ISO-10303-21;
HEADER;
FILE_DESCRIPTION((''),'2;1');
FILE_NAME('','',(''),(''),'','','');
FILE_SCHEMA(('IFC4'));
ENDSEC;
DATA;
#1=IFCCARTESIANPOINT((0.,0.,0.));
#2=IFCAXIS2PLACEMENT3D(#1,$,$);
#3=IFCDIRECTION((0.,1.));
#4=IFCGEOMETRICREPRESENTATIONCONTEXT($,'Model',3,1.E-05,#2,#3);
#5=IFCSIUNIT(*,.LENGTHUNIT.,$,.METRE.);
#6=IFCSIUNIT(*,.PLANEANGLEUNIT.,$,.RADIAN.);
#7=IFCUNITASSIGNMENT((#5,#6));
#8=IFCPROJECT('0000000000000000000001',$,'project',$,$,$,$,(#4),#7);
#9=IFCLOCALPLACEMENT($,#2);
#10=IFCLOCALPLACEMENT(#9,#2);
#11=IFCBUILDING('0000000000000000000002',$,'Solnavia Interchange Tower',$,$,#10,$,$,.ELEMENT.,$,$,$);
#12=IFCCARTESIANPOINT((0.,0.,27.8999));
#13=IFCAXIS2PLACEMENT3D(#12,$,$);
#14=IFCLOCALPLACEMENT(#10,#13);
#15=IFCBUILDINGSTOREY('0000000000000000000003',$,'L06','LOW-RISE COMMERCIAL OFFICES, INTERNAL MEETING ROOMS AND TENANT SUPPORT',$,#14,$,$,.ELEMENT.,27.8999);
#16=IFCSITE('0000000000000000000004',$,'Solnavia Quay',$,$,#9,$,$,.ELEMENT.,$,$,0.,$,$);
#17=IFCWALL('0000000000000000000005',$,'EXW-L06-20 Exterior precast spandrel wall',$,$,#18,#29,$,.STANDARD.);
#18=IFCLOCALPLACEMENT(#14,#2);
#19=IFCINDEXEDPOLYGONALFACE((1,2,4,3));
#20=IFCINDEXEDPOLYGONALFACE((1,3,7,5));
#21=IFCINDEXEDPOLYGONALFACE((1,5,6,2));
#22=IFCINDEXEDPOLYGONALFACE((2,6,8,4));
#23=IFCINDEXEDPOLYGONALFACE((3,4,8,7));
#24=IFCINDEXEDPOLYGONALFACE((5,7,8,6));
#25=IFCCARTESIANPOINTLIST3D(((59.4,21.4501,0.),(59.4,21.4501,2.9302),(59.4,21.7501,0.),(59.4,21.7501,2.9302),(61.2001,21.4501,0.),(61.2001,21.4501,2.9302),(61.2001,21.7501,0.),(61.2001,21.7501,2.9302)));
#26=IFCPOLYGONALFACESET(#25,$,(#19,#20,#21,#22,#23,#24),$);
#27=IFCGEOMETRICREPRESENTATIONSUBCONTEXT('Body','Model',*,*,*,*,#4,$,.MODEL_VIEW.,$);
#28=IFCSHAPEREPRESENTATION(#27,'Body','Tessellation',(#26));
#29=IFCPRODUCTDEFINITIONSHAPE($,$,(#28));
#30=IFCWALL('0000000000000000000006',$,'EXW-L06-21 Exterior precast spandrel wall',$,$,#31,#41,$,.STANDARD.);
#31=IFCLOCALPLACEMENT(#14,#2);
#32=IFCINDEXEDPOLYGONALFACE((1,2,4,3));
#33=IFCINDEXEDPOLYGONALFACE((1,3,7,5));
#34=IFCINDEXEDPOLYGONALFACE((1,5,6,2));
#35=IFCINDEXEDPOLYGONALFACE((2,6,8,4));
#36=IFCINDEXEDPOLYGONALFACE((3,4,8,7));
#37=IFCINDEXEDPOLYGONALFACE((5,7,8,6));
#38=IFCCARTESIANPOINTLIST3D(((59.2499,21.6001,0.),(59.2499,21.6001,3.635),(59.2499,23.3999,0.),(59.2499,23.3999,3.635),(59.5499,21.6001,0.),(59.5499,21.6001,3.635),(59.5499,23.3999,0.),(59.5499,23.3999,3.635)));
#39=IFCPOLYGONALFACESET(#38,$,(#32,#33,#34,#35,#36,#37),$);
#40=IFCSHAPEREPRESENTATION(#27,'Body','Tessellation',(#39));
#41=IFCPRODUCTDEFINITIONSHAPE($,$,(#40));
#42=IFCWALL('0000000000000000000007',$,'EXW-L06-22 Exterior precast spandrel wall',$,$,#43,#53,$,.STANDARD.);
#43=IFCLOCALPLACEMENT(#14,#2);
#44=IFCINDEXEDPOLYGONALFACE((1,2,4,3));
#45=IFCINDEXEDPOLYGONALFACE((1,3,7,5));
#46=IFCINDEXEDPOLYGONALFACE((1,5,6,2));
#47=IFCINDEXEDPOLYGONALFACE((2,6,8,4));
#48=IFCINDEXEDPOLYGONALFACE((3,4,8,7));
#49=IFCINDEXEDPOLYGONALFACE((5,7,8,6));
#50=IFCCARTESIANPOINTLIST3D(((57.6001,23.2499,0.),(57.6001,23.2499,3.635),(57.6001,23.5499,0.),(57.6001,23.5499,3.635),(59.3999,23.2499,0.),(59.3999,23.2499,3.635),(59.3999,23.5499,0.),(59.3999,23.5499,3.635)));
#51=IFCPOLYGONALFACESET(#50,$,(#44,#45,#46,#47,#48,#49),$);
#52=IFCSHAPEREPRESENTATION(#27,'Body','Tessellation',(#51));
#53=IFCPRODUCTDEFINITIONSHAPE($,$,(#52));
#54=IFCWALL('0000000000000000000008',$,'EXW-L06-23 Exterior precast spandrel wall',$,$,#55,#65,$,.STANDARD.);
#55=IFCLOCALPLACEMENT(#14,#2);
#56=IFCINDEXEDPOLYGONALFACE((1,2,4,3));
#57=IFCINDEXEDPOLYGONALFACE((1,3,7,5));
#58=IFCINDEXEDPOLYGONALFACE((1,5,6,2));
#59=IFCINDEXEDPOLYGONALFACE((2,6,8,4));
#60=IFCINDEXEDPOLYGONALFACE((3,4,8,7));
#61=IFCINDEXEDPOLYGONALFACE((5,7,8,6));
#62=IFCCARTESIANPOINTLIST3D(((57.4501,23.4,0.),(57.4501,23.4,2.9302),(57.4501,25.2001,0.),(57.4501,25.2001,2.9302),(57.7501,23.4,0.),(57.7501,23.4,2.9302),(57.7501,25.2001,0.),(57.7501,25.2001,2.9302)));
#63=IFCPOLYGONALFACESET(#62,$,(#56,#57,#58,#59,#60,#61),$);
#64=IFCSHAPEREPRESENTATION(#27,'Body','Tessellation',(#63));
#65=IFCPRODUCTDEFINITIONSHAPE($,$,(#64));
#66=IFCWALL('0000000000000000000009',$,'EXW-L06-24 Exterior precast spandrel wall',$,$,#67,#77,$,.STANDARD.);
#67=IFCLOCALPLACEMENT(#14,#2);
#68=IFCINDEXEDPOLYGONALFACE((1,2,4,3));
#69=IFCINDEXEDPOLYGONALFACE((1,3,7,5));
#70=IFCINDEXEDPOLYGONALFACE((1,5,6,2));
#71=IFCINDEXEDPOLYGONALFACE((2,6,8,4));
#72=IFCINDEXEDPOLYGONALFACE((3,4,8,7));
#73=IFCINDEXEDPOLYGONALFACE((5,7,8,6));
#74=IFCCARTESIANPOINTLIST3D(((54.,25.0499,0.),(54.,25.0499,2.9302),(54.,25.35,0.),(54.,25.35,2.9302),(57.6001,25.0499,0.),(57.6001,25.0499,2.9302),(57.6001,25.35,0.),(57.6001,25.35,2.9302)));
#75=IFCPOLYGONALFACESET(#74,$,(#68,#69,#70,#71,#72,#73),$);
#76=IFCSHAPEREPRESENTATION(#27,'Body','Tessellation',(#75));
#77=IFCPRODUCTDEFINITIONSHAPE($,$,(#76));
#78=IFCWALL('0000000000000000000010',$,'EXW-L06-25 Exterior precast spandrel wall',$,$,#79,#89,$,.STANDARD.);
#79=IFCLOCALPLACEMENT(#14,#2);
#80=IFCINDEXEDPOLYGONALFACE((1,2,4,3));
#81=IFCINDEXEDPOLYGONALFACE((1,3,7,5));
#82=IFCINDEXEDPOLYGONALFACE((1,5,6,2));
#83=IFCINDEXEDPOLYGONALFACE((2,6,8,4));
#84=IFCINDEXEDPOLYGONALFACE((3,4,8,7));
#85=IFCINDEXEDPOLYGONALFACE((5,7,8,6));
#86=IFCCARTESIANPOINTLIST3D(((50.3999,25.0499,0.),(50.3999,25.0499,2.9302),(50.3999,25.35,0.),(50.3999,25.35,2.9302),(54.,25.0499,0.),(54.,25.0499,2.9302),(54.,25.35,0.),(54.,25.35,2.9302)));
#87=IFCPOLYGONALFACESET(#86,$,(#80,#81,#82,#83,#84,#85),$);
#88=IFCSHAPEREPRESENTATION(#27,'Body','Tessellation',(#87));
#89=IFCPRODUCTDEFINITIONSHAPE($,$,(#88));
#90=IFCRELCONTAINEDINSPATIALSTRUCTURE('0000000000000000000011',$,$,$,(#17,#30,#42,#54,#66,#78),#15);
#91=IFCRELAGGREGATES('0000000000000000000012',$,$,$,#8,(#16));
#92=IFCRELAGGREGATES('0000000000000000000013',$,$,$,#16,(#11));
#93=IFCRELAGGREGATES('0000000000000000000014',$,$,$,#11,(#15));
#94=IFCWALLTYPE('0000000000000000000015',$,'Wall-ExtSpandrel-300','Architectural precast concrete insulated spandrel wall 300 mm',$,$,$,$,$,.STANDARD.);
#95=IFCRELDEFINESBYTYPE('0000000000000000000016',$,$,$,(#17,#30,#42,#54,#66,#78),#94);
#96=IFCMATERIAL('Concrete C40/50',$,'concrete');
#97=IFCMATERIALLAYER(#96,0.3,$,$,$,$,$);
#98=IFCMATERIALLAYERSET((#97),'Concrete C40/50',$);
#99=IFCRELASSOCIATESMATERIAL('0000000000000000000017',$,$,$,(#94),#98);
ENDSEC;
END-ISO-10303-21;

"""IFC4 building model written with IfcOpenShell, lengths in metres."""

from ifc_helpers import new_model, si_unit, direction, frame, frame_2d, origin, place, context, subcontext, project, spatial, rectangle, extrude, material, layer, layer_set, type_object, element, save


model = new_model("IFC4")

# Units and contexts
model_context = context("Model", 3, precision=1e-05, world=origin(), true_north=direction((0.0, 1.0)))
body_context = subcontext(model_context, "Body", "Model", "MODEL_VIEW")
ifc_project = project(units=[si_unit("LENGTHUNIT", "METRE"), si_unit("PLANEANGLEUNIT", "RADIAN")], contexts=[model_context])

# Site, building, storey
site_placement = place(None, origin())
site = spatial("IfcSite", under=ifc_project, at=site_placement, Name="Solnavia Quay", CompositionType="ELEMENT", RefElevation=0.0)
building_placement = place(site_placement, origin())
building = spatial("IfcBuilding", under=site, at=building_placement, Name="Solnavia Interchange Tower", CompositionType="ELEMENT")
storey_placement = place(building_placement, frame((0.0, 0.0, 27.8999)))
storey = spatial("IfcBuildingStorey", under=building, at=storey_placement, Name="L06", Description="LOW-RISE COMMERCIAL OFFICES, INTERNAL MEETING ROOMS AND TENANT SUPPORT", CompositionType="ELEMENT", Elevation=27.8999)

# Walls
ifc_material_1 = material(Name="Concrete C40/50", Category="concrete")
ifc_layer_1 = layer(ifc_material_1, 0.3)
ifc_layer_set_1 = layer_set([ifc_layer_1], Name="Concrete C40/50")
wall_type = type_object("IfcWallType", Name="Wall-ExtSpandrel-300", Description="Architectural precast concrete insulated spandrel wall 300 mm", PredefinedType="STANDARD", material=ifc_layer_set_1)
wall_1_placement = place(storey_placement, frame((61.2, 21.6001, 0.0), z_axis=(0.0, 0.0, 1.0), x_axis=(-1.0, 0.0, 0.0)))
element("IfcWall", 1, at=wall_1_placement, inside=storey, type_object=wall_type, Name="EXW-L06-20 Exterior precast spandrel wall", PredefinedType="STANDARD", context=body_context, shape_type="SweptSolid", body=[
    extrude(rectangle(XDim=1.8, YDim=0.3, at=frame_2d((0.8999, 0.0))), origin(), (0.0, 0.0, 1.0), 2.9302),
])
for number, where, z_axis, x_axis, name in (
    (2, (59.3999, 23.3999, 0.0), (0.0, 0.0, 1.0), (0.0, -1.0, 0.0), "EXW-L06-21 Exterior precast spandrel wall"),
    (3, (57.6001, 23.3999, 0.0), (0.0, 0.0, 1.0), (1.0, 0.0, 0.0), "EXW-L06-22 Exterior precast spandrel wall"),
):
    element("IfcWall", number, at=place(storey_placement, frame(where, z_axis=z_axis, x_axis=x_axis)), inside=storey, type_object=wall_type, Name=name, PredefinedType="STANDARD", context=body_context, shape_type="SweptSolid", body=[
        extrude(rectangle(XDim=1.7998, YDim=0.3, at=frame_2d((0.8999, 0.0))), origin(), (0.0, 0.0, 1.0), 3.635),
    ])
wall_2_placement = place(storey_placement, frame((57.6001, 25.2, 0.0), z_axis=(0.0, 0.0, 1.0), x_axis=(0.0, -1.0, 0.0)))
element("IfcWall", 4, at=wall_2_placement, inside=storey, type_object=wall_type, Name="EXW-L06-23 Exterior precast spandrel wall", PredefinedType="STANDARD", context=body_context, shape_type="SweptSolid", body=[
    extrude(rectangle(XDim=1.8, YDim=0.3, at=frame_2d((0.8999, 0.0))), origin(), (0.0, 0.0, 1.0), 2.9302),
])
for number, where, z_axis, x_axis, name in (
    (5, (54.0, 25.2, 0.0), (0.0, 0.0, 1.0), (1.0, 0.0, 0.0), "EXW-L06-24 Exterior precast spandrel wall"),
    (6, (50.3999, 25.2, 0.0), (0.0, 0.0, 1.0), (1.0, 0.0, 0.0), "EXW-L06-25 Exterior precast spandrel wall"),
):
    element("IfcWall", number, at=place(storey_placement, frame(where, z_axis=z_axis, x_axis=x_axis)), inside=storey, type_object=wall_type, Name=name, PredefinedType="STANDARD", context=body_context, shape_type="SweptSolid", body=[
        extrude(rectangle(XDim=3.6001, YDim=0.3, at=frame_2d((1.8, 0.0))), origin(), (0.0, 0.0, 1.0), 2.9302),
    ])

save(model, "model.ifc")
